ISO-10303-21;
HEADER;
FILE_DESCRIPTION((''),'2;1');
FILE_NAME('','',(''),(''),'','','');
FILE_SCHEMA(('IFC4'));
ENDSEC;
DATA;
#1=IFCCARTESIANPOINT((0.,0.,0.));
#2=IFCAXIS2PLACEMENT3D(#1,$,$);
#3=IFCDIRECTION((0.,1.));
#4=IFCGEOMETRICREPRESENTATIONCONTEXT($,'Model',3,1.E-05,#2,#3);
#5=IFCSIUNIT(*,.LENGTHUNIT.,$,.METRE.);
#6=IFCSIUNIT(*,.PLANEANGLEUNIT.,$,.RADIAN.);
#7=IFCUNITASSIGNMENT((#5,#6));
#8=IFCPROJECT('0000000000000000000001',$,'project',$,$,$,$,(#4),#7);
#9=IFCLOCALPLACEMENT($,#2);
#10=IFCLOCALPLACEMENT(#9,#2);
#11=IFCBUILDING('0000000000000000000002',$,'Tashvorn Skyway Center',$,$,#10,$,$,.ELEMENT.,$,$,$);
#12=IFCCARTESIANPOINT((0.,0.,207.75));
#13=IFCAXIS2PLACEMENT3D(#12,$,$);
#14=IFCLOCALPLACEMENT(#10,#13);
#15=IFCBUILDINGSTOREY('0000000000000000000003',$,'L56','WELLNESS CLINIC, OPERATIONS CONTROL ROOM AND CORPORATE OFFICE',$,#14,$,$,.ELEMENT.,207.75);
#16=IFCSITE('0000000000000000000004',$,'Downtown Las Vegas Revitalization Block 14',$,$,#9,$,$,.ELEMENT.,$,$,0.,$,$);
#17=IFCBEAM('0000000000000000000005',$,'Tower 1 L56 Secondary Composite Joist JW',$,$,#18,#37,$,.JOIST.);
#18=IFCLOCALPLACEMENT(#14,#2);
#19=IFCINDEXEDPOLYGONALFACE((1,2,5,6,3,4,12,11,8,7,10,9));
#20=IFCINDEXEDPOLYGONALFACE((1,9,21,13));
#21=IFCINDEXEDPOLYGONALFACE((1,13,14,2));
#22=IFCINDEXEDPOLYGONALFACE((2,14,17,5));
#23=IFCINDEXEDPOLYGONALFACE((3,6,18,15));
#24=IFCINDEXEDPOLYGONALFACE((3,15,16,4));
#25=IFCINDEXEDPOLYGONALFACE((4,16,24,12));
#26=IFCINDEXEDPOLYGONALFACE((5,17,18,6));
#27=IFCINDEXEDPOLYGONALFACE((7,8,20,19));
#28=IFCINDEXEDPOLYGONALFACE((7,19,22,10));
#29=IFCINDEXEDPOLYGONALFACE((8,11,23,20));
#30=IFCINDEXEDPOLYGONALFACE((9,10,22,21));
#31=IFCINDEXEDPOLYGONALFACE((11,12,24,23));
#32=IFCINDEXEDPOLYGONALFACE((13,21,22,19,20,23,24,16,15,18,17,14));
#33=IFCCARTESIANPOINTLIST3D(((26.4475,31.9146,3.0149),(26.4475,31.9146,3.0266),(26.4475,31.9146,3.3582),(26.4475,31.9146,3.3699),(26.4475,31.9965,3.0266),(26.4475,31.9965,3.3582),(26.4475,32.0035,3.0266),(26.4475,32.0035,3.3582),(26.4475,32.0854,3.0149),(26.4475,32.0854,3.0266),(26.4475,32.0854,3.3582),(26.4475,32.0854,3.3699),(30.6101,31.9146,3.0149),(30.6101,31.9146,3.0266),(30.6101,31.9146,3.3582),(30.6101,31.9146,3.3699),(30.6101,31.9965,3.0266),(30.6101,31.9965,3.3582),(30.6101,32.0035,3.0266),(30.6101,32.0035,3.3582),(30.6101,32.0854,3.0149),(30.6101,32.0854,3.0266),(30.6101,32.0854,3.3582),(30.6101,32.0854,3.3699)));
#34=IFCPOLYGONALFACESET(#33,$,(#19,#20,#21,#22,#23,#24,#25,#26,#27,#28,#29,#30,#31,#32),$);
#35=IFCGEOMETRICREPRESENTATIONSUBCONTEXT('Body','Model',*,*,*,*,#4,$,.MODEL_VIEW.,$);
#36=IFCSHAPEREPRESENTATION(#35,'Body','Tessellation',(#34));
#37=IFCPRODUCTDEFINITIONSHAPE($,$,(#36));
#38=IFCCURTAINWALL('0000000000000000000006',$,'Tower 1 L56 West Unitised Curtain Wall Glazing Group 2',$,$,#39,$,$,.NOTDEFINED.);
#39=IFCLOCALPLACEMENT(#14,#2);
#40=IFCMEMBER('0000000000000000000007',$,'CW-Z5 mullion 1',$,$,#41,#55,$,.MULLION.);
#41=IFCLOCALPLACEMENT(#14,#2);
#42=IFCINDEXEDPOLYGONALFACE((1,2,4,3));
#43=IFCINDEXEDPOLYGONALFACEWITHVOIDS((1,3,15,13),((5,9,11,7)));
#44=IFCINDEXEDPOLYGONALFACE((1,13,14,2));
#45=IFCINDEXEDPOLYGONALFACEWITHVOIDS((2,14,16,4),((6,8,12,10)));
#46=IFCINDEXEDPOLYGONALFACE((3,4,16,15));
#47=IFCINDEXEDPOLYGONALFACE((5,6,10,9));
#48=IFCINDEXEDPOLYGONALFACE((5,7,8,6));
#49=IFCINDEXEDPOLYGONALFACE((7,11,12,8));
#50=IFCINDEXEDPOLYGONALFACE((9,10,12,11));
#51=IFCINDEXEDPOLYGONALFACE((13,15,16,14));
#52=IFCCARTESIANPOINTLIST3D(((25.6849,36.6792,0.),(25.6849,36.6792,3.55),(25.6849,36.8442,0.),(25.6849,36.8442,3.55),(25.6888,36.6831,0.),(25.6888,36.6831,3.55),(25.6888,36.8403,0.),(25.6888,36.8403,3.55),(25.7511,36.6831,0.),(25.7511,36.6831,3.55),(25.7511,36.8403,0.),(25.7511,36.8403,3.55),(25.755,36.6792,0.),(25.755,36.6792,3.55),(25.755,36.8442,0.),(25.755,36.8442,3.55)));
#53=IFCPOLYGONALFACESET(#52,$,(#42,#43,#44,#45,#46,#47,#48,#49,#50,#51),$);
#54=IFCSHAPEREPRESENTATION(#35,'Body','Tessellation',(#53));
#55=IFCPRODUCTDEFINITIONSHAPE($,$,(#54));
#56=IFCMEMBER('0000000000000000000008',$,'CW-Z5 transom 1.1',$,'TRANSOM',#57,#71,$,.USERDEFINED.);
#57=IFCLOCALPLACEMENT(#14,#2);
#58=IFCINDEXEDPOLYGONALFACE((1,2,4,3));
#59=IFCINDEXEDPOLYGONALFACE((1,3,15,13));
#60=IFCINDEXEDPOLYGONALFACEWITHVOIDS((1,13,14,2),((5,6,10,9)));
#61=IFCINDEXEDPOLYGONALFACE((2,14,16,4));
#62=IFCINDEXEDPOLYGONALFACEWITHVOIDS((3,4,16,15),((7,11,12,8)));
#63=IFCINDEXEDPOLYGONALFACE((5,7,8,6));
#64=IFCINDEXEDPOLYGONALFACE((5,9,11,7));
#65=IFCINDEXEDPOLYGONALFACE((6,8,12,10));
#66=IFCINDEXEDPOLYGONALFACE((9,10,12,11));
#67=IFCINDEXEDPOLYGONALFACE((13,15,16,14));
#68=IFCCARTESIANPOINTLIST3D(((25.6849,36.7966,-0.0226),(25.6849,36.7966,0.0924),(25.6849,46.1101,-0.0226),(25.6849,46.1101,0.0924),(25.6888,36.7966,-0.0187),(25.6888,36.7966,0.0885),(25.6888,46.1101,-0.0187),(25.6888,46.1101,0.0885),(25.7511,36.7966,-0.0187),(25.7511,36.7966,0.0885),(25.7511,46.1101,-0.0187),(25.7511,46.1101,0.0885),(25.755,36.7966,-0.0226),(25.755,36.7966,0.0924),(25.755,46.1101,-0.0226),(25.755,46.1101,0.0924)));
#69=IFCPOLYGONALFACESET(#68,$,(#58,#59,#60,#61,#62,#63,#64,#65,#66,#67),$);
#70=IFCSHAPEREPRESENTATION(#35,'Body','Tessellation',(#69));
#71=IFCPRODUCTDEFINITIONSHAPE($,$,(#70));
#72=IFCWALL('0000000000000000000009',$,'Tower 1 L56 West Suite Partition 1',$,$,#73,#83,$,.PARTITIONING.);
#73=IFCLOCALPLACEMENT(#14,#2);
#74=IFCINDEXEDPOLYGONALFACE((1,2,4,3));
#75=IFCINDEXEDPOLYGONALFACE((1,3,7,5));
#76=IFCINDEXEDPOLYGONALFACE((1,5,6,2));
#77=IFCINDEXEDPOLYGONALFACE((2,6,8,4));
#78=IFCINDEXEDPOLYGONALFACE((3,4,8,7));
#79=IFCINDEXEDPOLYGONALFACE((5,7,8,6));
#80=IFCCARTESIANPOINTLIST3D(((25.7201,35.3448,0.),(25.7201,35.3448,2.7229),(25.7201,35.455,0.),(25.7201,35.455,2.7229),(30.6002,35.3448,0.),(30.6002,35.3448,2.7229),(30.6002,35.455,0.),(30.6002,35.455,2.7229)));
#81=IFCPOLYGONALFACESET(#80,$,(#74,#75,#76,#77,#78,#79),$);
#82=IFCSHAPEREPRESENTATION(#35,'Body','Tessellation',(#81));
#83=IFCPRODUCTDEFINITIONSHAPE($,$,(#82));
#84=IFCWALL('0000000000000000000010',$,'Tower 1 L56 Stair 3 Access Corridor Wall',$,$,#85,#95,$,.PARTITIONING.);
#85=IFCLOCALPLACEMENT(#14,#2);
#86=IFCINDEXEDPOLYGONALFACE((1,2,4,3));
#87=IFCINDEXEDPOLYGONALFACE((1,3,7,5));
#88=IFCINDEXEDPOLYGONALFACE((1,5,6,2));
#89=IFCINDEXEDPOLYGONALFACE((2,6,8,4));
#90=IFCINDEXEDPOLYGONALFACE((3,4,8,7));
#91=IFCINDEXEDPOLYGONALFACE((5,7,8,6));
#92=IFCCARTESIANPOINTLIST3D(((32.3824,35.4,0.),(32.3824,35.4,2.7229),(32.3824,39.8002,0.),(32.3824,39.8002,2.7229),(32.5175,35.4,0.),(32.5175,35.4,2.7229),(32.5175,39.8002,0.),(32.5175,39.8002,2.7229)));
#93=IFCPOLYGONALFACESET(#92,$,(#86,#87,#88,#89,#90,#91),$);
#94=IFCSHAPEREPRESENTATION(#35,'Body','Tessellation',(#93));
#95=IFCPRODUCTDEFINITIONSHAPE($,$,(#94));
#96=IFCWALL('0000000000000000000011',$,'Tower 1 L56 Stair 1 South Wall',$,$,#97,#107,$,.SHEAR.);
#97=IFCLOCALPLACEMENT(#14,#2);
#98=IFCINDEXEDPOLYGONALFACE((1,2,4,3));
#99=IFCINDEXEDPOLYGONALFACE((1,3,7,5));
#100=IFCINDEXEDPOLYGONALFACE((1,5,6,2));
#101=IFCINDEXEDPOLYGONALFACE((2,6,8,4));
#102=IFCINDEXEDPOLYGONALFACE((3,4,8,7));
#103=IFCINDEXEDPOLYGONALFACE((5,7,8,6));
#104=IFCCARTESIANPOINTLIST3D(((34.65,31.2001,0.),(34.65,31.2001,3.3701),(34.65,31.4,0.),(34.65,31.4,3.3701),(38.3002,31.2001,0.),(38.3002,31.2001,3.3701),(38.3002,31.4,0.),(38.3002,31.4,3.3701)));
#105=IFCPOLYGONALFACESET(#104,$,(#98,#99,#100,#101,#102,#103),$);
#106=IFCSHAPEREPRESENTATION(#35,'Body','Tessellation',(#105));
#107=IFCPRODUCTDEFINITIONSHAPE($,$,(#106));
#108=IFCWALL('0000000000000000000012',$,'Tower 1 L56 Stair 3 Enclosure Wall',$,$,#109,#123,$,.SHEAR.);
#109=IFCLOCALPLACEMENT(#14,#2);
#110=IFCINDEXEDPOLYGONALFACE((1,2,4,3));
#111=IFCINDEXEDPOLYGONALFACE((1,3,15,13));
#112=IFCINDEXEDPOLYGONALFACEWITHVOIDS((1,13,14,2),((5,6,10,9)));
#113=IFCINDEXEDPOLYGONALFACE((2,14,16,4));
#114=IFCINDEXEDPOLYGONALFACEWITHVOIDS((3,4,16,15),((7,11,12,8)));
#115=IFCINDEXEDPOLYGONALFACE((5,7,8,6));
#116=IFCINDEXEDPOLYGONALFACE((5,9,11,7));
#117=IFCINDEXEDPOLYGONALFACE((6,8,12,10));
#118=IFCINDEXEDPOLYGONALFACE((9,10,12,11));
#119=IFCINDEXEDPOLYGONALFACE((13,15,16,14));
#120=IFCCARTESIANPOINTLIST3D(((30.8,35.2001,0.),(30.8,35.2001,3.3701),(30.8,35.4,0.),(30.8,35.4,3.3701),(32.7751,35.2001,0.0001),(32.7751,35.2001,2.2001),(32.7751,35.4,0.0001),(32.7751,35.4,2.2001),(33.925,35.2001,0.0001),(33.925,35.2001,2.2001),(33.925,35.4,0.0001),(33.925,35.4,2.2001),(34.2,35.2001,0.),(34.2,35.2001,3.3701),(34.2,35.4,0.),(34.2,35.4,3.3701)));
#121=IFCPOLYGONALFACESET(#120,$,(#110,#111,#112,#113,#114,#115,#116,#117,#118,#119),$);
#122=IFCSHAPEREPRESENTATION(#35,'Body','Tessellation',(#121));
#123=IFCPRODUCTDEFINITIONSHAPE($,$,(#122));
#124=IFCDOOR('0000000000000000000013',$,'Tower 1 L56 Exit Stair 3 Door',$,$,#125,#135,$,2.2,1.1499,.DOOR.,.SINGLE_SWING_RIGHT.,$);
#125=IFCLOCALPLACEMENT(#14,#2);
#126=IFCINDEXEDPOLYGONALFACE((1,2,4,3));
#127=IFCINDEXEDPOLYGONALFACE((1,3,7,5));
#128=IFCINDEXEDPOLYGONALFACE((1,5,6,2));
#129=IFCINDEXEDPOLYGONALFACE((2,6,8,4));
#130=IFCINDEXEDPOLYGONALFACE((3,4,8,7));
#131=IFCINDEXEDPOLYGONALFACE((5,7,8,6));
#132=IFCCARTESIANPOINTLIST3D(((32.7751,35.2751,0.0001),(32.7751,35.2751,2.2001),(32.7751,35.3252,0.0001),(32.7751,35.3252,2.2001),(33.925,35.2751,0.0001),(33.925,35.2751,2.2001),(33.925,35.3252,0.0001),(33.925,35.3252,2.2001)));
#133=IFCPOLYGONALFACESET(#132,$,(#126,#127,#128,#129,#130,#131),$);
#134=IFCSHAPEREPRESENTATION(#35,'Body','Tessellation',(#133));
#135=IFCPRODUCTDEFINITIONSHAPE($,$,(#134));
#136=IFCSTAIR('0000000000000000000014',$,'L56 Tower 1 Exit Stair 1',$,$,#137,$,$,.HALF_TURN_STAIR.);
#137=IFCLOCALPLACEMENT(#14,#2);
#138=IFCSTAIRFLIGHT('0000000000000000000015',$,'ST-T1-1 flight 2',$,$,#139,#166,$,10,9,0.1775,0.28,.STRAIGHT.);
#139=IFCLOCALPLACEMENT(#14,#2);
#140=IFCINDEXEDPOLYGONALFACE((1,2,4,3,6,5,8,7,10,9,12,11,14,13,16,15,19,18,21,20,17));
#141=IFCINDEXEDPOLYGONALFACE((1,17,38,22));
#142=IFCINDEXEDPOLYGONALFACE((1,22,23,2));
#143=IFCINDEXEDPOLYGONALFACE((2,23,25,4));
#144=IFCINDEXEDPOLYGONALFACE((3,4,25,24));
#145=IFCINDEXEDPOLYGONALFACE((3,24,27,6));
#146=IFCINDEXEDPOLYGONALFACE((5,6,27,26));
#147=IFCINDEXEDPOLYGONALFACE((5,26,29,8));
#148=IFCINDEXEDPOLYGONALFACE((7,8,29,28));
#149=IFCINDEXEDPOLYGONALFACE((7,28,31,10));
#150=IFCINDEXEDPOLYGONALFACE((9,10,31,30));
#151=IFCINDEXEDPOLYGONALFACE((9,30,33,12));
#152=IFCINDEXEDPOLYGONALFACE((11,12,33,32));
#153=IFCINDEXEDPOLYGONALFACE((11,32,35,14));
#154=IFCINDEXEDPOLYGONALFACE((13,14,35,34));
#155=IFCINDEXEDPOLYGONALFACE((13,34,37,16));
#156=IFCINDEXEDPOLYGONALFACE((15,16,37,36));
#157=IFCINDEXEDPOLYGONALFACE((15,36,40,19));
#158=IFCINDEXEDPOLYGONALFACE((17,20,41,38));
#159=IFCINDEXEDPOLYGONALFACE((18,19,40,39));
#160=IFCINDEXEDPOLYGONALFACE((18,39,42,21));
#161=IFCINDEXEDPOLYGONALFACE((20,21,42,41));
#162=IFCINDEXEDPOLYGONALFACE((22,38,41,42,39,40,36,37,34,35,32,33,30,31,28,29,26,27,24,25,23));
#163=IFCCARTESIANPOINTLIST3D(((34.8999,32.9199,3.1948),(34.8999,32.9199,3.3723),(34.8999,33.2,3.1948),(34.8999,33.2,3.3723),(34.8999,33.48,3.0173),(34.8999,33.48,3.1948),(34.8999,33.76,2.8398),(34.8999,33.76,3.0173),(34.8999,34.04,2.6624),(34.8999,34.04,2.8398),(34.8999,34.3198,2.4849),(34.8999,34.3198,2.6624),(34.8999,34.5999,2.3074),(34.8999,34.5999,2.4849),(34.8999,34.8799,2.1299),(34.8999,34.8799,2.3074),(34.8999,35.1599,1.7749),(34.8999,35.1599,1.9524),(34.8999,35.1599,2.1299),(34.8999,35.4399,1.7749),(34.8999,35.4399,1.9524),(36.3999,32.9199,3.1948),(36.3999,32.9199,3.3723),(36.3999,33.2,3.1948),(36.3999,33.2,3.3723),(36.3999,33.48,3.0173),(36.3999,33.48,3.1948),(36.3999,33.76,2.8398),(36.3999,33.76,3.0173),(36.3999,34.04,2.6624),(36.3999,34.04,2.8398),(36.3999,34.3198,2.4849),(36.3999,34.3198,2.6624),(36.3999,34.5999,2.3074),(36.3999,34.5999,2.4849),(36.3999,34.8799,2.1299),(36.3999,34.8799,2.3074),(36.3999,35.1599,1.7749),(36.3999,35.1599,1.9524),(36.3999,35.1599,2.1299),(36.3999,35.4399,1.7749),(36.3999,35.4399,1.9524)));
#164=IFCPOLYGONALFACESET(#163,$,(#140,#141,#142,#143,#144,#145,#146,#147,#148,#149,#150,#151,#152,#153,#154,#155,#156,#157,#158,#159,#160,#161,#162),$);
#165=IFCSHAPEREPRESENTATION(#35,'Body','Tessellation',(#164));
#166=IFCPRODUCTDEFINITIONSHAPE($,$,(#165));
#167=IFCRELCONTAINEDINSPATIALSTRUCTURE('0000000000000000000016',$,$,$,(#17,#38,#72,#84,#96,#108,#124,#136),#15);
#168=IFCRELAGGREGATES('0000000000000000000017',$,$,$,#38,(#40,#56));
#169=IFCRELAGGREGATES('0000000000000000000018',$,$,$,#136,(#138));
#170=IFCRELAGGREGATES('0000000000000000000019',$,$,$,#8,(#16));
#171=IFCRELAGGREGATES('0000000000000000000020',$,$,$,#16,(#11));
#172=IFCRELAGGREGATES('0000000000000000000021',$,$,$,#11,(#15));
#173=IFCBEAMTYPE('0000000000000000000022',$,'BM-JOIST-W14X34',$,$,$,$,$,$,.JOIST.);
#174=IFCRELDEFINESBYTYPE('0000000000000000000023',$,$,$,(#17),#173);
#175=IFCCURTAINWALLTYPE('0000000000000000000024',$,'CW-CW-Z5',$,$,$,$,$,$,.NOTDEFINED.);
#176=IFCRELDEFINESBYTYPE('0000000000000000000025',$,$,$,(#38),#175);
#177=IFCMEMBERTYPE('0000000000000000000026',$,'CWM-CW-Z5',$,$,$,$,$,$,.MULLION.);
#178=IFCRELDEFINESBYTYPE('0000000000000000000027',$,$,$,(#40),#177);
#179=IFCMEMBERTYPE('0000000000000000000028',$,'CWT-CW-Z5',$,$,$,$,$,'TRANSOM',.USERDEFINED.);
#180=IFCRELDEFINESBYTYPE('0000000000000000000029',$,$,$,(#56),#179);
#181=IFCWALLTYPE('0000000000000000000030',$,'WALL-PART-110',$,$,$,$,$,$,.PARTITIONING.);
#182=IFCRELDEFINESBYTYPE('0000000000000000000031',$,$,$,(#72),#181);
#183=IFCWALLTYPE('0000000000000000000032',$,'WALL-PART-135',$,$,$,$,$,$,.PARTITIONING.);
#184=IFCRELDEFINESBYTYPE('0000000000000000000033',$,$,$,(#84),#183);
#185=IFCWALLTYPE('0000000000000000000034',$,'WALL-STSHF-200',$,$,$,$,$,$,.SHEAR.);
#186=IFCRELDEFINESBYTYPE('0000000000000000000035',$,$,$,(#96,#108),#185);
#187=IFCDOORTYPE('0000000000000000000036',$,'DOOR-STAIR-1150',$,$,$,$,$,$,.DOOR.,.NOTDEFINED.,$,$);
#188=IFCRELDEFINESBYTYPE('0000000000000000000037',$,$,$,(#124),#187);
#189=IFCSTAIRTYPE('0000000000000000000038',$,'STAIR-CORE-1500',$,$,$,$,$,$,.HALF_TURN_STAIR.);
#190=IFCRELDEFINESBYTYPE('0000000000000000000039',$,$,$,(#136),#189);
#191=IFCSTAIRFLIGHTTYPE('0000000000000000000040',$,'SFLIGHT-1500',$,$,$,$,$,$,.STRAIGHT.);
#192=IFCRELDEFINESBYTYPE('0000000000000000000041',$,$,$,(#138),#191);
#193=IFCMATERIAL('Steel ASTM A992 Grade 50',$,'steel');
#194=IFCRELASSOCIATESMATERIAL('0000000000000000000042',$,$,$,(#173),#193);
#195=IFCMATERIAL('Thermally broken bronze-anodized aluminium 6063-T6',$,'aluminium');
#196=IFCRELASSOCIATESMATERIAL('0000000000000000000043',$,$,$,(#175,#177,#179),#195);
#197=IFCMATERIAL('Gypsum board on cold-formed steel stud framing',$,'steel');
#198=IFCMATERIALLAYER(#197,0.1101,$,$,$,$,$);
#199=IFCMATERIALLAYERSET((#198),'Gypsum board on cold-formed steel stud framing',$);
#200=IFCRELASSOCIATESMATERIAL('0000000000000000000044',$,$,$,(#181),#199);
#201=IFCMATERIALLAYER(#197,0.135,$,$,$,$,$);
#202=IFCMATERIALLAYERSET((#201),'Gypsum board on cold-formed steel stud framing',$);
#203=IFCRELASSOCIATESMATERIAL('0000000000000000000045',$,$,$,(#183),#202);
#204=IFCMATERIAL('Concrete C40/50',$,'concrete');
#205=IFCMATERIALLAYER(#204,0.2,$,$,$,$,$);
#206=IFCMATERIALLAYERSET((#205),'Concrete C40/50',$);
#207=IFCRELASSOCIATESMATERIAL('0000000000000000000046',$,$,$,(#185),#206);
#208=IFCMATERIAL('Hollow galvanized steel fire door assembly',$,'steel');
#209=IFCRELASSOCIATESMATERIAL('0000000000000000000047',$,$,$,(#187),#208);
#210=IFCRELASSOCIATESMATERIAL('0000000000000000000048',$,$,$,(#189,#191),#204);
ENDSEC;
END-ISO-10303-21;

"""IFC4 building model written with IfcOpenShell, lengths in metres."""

from ifc_helpers import new_model, si_unit, direction, frame, frame_2d, origin, origin_2d, place, context, subcontext, project, spatial, polyline, rectangle, hollow_rectangle, i_section, outline, extrude, material, layer, layer_set, material_profile, profile_set, type_object, element, fill, aggregate, save


model = new_model("IFC4")

# Units and contexts
model_context = context("Model", 3, precision=1e-05, world=origin(), true_north=direction((0.0, 1.0)))
body_context = subcontext(model_context, "Body", "Model", "MODEL_VIEW")
ifc_project = project(units=[si_unit("LENGTHUNIT", "METRE"), si_unit("PLANEANGLEUNIT", "RADIAN")], contexts=[model_context])

# Site, building, storey
site_placement = place(None, origin())
site = spatial("IfcSite", under=ifc_project, at=site_placement, Name="Downtown Las Vegas Revitalization Block 14", CompositionType="ELEMENT", RefElevation=0.0)
building_placement = place(site_placement, origin())
building = spatial("IfcBuilding", under=site, at=building_placement, Name="Tashvorn Skyway Center", CompositionType="ELEMENT")
storey_placement = place(building_placement, frame((0.0, 0.0, 207.75)))
storey = spatial("IfcBuildingStorey", under=building, at=storey_placement, Name="L56", Description="WELLNESS CLINIC, OPERATIONS CONTROL ROOM AND CORPORATE OFFICE", CompositionType="ELEMENT", Elevation=207.75)

# Beam
ifc_material_1 = material(Name="Steel ASTM A992 Grade 50", Category="steel")
ifc_material_profile_1 = material_profile(ifc_material_1, i_section(OverallWidth=0.1709, OverallDepth=0.355, WebThickness=0.0071, FlangeThickness=0.0117, at=origin_2d()), Name="W14X34")
ifc_profile_set_1 = profile_set([ifc_material_profile_1], Name="Steel ASTM A992 Grade 50")
beam_type = type_object("IfcBeamType", Name="BM-JOIST-W14X34", PredefinedType="JOIST", material=ifc_profile_set_1)
beam_placement = place(storey_placement, frame((30.6101, 32.0, 3.1924), z_axis=(-1.0, 0.0, 0.0), x_axis=(0.0, -1.0, 0.0)))
element("IfcBeam", 1, at=beam_placement, inside=storey, type_object=beam_type, Name="Tower 1 L56 Secondary Composite Joist JW", PredefinedType="JOIST", context=body_context, shape_type="SweptSolid", body=[
    extrude(i_section(OverallWidth=0.1709, OverallDepth=0.355, WebThickness=0.0071, FlangeThickness=0.0117, at=origin_2d()), origin(), (0.0, 0.0, 1.0), 4.1626),
])

# Curtain wall, members
ifc_material_2 = material(Name="Thermally broken bronze-anodized aluminium 6063-T6", Category="aluminium")
curtain_wall_type = type_object("IfcCurtainWallType", Name="CW-CW-Z5", PredefinedType="NOTDEFINED", material=ifc_material_2)
curtain_wall_placement = place(storey_placement, origin())
curtain_wall = element("IfcCurtainWall", 2, at=curtain_wall_placement, inside=storey, type_object=curtain_wall_type, Name="Tower 1 L56 West Unitised Curtain Wall Glazing Group 2", PredefinedType="NOTDEFINED")
ifc_material_profile_2 = material_profile(ifc_material_2, hollow_rectangle(XDim=0.0701, YDim=0.165, WallThickness=0.0039, at=origin_2d()), Name="ALU-MULL-70x165")
ifc_profile_set_2 = profile_set([ifc_material_profile_2], Name="Thermally broken bronze-anodized aluminium 6063-T6")
member_type_1 = type_object("IfcMemberType", Name="CWM-CW-Z5", PredefinedType="MULLION", material=ifc_profile_set_2)
member_1_placement = place(storey_placement, frame((25.72, 36.7617, 0.0), z_axis=(0.0, 0.0, 1.0), x_axis=(-1.0, 0.0, 0.0)))
member_1 = element("IfcMember", 3, at=member_1_placement, type_object=member_type_1, Name="CW-Z5 mullion 1", PredefinedType="MULLION", context=body_context, shape_type="SweptSolid", body=[
    extrude(hollow_rectangle(XDim=0.0701, YDim=0.165, WallThickness=0.0039, at=origin_2d()), origin(), (0.0, 0.0, 1.0), 3.55),
])
ifc_material_profile_3 = material_profile(ifc_material_2, hollow_rectangle(XDim=0.0701, YDim=0.115, WallThickness=0.0039, at=origin_2d()), Name="ALU-TRAN-70x115")
ifc_profile_set_3 = profile_set([ifc_material_profile_3], Name="Thermally broken bronze-anodized aluminium 6063-T6")
member_type_2 = type_object("IfcMemberType", Name="CWT-CW-Z5", ElementType="TRANSOM", PredefinedType="USERDEFINED", material=ifc_profile_set_3)
member_2_placement = place(storey_placement, frame((25.72, 36.7966, 0.0349), z_axis=(0.0, 1.0, 0.0), x_axis=(-1.0, 0.0, 0.0)))
member_2 = element("IfcMember", 4, at=member_2_placement, type_object=member_type_2, Name="CW-Z5 transom 1.1", ObjectType="TRANSOM", PredefinedType="USERDEFINED", context=body_context, shape_type="SweptSolid", body=[
    extrude(hollow_rectangle(XDim=0.0701, YDim=0.115, WallThickness=0.0039, at=origin_2d()), origin(), (0.0, 0.0, 1.0), 9.3135),
])
aggregate(curtain_wall, [member_1, member_2])

# Walls
ifc_material_3 = material(Name="Gypsum board on cold-formed steel stud framing", Category="steel")
ifc_layer_1 = layer(ifc_material_3, 0.1101)
ifc_layer_set_1 = layer_set([ifc_layer_1], Name="Gypsum board on cold-formed steel stud framing")
wall_type_1 = type_object("IfcWallType", Name="WALL-PART-110", PredefinedType="PARTITIONING", material=ifc_layer_set_1)
wall_1_placement = place(storey_placement, frame((30.6001, 35.3999, 0.0), z_axis=(0.0, 0.0, 1.0), x_axis=(-1.0, 0.0, 0.0)))
element("IfcWall", 5, at=wall_1_placement, inside=storey, type_object=wall_type_1, Name="Tower 1 L56 West Suite Partition 1", PredefinedType="PARTITIONING", context=body_context, shape_type="SweptSolid", body=[
    extrude(rectangle(XDim=4.8801, YDim=0.1101, at=frame_2d((2.4399, 0.0))), origin(), (0.0, 0.0, 1.0), 2.7229),
])
ifc_layer_2 = layer(ifc_material_3, 0.135)
ifc_layer_set_2 = layer_set([ifc_layer_2], Name="Gypsum board on cold-formed steel stud framing")
wall_type_2 = type_object("IfcWallType", Name="WALL-PART-135", PredefinedType="PARTITIONING", material=ifc_layer_set_2)
wall_2_placement = place(storey_placement, frame((32.45, 35.3999, 0.0), z_axis=(0.0, 0.0, 1.0), x_axis=(0.0, 1.0, 0.0)))
element("IfcWall", 6, at=wall_2_placement, inside=storey, type_object=wall_type_2, Name="Tower 1 L56 Stair 3 Access Corridor Wall", PredefinedType="PARTITIONING", context=body_context, shape_type="SweptSolid", body=[
    extrude(rectangle(XDim=4.4001, YDim=0.135, at=frame_2d((2.2002, 0.0))), origin(), (0.0, 0.0, 1.0), 2.7229),
])
ifc_material_4 = material(Name="Concrete C40/50", Category="concrete")
ifc_layer_3 = layer(ifc_material_4, 0.2)
ifc_layer_set_3 = layer_set([ifc_layer_3], Name="Concrete C40/50")
wall_type_3 = type_object("IfcWallType", Name="WALL-STSHF-200", PredefinedType="SHEAR", material=ifc_layer_set_3)
wall_3_placement = place(storey_placement, frame((34.6499, 31.3, 0.0), z_axis=(0.0, 0.0, 1.0), x_axis=(1.0, 0.0, 0.0)))
element("IfcWall", 7, at=wall_3_placement, inside=storey, type_object=wall_type_3, Name="Tower 1 L56 Stair 1 South Wall", PredefinedType="SHEAR", context=body_context, shape_type="SweptSolid", body=[
    extrude(rectangle(XDim=3.6501, YDim=0.2, at=frame_2d((1.8252, 0.0))), origin(), (0.0, 0.0, 1.0), 3.3701),
])

# Wall, opening, door
wall_4_placement = place(storey_placement, frame((34.2, 35.3, 0.0), z_axis=(0.0, 0.0, 1.0), x_axis=(-1.0, 0.0, 0.0)))
wall_4 = element("IfcWall", 8, at=wall_4_placement, inside=storey, type_object=wall_type_3, Name="Tower 1 L56 Stair 3 Enclosure Wall", PredefinedType="SHEAR", context=body_context, shape_type="SweptSolid", body=[
    extrude(rectangle(XDim=3.3999, YDim=0.2, at=frame_2d((1.7, 0.0))), origin(), (0.0, 0.0, 1.0), 3.3701),
])
opening_placement = place(wall_4_placement, frame((0.2749, 0.0, 0.0)))
opening = element("IfcOpeningElement", 9, at=opening_placement, cuts=wall_4, PredefinedType="OPENING", context=body_context, shape_type="SweptSolid", body=[
    extrude(rectangle(XDim=1.1499, YDim=2.2, at=frame_2d((0.575, 1.1001))), frame((0.0, 0.1099, 0.0), z_axis=(0.0, -1.0, 0.0), x_axis=(1.0, 0.0, 0.0)), (0.0, 0.0, 1.0), 0.22),
])
ifc_material_5 = material(Name="Hollow galvanized steel fire door assembly", Category="steel")
door_type = type_object("IfcDoorType", Name="DOOR-STAIR-1150", OperationType="NOTDEFINED", PredefinedType="DOOR", material=ifc_material_5)
door_placement = place(opening_placement, origin())
door = element("IfcDoor", 10, at=door_placement, inside=storey, type_object=door_type, Name="Tower 1 L56 Exit Stair 3 Door", OperationType="SINGLE_SWING_RIGHT", OverallHeight=2.2, OverallWidth=1.1499, PredefinedType="DOOR", context=body_context, shape_type="SweptSolid", body=[
    extrude(rectangle(XDim=1.1499, YDim=2.2, at=frame_2d((0.575, 1.1001))), frame((0.0, 0.0249, 0.0), z_axis=(0.0, -1.0, 0.0), x_axis=(1.0, 0.0, 0.0)), (0.0, 0.0, 1.0), 0.05),
])
fill(opening, door)

# Stair, stair flight
stair_type = type_object("IfcStairType", Name="STAIR-CORE-1500", PredefinedType="HALF_TURN_STAIR", material=ifc_material_4)
stair_1_placement = place(storey_placement, origin())
stair_1 = element("IfcStair", 11, at=stair_1_placement, inside=storey, type_object=stair_type, Name="L56 Tower 1 Exit Stair 1", PredefinedType="HALF_TURN_STAIR")
stair_flight_type = type_object("IfcStairFlightType", Name="SFLIGHT-1500", PredefinedType="STRAIGHT", material=ifc_material_4)
stair_flight_1_placement = place(storey_placement, frame((35.6499, 35.4399, 1.7749), z_axis=(0.0, 0.0, 1.0), x_axis=(0.0, -1.0, 0.0)))
stair_flight_1 = element("IfcStairFlight", 12, at=stair_flight_1_placement, type_object=stair_flight_type, Name="ST-T1-1 flight 2", NumberOfRisers=10, NumberOfTreads=9, PredefinedType="STRAIGHT", RiserHeight=0.1775, TreadLength=0.28, context=body_context, shape_type="SweptSolid", body=[
    extrude(outline(polyline([(0.0, 0.0), (0.0, 0.1775), (0.28, 0.1775), (0.28, 0.355), (0.5601, 0.355), (0.5601, 0.5325), (0.8401, 0.5325), (0.8401, 0.71), (1.1201, 0.71), (1.1201, 0.8875), (1.3999, 0.8875), (1.3999, 1.0649), (1.6799, 1.0649), (1.6799, 1.2424), (1.96, 1.2424), (1.96, 1.4199), (2.24, 1.4199), (2.24, 1.5974), (2.52, 1.5974), (2.52, 1.7749), (2.52, 1.4199), (0.28, 0.0), (0.0, 0.0)])), frame((0.0, 0.75, 0.0), z_axis=(0.0, -1.0, 0.0), x_axis=(1.0, 0.0, 0.0)), (0.0, 0.0, 1.0), 1.5),
])
aggregate(stair_1, [stair_flight_1])

save(model, "model.ifc")
